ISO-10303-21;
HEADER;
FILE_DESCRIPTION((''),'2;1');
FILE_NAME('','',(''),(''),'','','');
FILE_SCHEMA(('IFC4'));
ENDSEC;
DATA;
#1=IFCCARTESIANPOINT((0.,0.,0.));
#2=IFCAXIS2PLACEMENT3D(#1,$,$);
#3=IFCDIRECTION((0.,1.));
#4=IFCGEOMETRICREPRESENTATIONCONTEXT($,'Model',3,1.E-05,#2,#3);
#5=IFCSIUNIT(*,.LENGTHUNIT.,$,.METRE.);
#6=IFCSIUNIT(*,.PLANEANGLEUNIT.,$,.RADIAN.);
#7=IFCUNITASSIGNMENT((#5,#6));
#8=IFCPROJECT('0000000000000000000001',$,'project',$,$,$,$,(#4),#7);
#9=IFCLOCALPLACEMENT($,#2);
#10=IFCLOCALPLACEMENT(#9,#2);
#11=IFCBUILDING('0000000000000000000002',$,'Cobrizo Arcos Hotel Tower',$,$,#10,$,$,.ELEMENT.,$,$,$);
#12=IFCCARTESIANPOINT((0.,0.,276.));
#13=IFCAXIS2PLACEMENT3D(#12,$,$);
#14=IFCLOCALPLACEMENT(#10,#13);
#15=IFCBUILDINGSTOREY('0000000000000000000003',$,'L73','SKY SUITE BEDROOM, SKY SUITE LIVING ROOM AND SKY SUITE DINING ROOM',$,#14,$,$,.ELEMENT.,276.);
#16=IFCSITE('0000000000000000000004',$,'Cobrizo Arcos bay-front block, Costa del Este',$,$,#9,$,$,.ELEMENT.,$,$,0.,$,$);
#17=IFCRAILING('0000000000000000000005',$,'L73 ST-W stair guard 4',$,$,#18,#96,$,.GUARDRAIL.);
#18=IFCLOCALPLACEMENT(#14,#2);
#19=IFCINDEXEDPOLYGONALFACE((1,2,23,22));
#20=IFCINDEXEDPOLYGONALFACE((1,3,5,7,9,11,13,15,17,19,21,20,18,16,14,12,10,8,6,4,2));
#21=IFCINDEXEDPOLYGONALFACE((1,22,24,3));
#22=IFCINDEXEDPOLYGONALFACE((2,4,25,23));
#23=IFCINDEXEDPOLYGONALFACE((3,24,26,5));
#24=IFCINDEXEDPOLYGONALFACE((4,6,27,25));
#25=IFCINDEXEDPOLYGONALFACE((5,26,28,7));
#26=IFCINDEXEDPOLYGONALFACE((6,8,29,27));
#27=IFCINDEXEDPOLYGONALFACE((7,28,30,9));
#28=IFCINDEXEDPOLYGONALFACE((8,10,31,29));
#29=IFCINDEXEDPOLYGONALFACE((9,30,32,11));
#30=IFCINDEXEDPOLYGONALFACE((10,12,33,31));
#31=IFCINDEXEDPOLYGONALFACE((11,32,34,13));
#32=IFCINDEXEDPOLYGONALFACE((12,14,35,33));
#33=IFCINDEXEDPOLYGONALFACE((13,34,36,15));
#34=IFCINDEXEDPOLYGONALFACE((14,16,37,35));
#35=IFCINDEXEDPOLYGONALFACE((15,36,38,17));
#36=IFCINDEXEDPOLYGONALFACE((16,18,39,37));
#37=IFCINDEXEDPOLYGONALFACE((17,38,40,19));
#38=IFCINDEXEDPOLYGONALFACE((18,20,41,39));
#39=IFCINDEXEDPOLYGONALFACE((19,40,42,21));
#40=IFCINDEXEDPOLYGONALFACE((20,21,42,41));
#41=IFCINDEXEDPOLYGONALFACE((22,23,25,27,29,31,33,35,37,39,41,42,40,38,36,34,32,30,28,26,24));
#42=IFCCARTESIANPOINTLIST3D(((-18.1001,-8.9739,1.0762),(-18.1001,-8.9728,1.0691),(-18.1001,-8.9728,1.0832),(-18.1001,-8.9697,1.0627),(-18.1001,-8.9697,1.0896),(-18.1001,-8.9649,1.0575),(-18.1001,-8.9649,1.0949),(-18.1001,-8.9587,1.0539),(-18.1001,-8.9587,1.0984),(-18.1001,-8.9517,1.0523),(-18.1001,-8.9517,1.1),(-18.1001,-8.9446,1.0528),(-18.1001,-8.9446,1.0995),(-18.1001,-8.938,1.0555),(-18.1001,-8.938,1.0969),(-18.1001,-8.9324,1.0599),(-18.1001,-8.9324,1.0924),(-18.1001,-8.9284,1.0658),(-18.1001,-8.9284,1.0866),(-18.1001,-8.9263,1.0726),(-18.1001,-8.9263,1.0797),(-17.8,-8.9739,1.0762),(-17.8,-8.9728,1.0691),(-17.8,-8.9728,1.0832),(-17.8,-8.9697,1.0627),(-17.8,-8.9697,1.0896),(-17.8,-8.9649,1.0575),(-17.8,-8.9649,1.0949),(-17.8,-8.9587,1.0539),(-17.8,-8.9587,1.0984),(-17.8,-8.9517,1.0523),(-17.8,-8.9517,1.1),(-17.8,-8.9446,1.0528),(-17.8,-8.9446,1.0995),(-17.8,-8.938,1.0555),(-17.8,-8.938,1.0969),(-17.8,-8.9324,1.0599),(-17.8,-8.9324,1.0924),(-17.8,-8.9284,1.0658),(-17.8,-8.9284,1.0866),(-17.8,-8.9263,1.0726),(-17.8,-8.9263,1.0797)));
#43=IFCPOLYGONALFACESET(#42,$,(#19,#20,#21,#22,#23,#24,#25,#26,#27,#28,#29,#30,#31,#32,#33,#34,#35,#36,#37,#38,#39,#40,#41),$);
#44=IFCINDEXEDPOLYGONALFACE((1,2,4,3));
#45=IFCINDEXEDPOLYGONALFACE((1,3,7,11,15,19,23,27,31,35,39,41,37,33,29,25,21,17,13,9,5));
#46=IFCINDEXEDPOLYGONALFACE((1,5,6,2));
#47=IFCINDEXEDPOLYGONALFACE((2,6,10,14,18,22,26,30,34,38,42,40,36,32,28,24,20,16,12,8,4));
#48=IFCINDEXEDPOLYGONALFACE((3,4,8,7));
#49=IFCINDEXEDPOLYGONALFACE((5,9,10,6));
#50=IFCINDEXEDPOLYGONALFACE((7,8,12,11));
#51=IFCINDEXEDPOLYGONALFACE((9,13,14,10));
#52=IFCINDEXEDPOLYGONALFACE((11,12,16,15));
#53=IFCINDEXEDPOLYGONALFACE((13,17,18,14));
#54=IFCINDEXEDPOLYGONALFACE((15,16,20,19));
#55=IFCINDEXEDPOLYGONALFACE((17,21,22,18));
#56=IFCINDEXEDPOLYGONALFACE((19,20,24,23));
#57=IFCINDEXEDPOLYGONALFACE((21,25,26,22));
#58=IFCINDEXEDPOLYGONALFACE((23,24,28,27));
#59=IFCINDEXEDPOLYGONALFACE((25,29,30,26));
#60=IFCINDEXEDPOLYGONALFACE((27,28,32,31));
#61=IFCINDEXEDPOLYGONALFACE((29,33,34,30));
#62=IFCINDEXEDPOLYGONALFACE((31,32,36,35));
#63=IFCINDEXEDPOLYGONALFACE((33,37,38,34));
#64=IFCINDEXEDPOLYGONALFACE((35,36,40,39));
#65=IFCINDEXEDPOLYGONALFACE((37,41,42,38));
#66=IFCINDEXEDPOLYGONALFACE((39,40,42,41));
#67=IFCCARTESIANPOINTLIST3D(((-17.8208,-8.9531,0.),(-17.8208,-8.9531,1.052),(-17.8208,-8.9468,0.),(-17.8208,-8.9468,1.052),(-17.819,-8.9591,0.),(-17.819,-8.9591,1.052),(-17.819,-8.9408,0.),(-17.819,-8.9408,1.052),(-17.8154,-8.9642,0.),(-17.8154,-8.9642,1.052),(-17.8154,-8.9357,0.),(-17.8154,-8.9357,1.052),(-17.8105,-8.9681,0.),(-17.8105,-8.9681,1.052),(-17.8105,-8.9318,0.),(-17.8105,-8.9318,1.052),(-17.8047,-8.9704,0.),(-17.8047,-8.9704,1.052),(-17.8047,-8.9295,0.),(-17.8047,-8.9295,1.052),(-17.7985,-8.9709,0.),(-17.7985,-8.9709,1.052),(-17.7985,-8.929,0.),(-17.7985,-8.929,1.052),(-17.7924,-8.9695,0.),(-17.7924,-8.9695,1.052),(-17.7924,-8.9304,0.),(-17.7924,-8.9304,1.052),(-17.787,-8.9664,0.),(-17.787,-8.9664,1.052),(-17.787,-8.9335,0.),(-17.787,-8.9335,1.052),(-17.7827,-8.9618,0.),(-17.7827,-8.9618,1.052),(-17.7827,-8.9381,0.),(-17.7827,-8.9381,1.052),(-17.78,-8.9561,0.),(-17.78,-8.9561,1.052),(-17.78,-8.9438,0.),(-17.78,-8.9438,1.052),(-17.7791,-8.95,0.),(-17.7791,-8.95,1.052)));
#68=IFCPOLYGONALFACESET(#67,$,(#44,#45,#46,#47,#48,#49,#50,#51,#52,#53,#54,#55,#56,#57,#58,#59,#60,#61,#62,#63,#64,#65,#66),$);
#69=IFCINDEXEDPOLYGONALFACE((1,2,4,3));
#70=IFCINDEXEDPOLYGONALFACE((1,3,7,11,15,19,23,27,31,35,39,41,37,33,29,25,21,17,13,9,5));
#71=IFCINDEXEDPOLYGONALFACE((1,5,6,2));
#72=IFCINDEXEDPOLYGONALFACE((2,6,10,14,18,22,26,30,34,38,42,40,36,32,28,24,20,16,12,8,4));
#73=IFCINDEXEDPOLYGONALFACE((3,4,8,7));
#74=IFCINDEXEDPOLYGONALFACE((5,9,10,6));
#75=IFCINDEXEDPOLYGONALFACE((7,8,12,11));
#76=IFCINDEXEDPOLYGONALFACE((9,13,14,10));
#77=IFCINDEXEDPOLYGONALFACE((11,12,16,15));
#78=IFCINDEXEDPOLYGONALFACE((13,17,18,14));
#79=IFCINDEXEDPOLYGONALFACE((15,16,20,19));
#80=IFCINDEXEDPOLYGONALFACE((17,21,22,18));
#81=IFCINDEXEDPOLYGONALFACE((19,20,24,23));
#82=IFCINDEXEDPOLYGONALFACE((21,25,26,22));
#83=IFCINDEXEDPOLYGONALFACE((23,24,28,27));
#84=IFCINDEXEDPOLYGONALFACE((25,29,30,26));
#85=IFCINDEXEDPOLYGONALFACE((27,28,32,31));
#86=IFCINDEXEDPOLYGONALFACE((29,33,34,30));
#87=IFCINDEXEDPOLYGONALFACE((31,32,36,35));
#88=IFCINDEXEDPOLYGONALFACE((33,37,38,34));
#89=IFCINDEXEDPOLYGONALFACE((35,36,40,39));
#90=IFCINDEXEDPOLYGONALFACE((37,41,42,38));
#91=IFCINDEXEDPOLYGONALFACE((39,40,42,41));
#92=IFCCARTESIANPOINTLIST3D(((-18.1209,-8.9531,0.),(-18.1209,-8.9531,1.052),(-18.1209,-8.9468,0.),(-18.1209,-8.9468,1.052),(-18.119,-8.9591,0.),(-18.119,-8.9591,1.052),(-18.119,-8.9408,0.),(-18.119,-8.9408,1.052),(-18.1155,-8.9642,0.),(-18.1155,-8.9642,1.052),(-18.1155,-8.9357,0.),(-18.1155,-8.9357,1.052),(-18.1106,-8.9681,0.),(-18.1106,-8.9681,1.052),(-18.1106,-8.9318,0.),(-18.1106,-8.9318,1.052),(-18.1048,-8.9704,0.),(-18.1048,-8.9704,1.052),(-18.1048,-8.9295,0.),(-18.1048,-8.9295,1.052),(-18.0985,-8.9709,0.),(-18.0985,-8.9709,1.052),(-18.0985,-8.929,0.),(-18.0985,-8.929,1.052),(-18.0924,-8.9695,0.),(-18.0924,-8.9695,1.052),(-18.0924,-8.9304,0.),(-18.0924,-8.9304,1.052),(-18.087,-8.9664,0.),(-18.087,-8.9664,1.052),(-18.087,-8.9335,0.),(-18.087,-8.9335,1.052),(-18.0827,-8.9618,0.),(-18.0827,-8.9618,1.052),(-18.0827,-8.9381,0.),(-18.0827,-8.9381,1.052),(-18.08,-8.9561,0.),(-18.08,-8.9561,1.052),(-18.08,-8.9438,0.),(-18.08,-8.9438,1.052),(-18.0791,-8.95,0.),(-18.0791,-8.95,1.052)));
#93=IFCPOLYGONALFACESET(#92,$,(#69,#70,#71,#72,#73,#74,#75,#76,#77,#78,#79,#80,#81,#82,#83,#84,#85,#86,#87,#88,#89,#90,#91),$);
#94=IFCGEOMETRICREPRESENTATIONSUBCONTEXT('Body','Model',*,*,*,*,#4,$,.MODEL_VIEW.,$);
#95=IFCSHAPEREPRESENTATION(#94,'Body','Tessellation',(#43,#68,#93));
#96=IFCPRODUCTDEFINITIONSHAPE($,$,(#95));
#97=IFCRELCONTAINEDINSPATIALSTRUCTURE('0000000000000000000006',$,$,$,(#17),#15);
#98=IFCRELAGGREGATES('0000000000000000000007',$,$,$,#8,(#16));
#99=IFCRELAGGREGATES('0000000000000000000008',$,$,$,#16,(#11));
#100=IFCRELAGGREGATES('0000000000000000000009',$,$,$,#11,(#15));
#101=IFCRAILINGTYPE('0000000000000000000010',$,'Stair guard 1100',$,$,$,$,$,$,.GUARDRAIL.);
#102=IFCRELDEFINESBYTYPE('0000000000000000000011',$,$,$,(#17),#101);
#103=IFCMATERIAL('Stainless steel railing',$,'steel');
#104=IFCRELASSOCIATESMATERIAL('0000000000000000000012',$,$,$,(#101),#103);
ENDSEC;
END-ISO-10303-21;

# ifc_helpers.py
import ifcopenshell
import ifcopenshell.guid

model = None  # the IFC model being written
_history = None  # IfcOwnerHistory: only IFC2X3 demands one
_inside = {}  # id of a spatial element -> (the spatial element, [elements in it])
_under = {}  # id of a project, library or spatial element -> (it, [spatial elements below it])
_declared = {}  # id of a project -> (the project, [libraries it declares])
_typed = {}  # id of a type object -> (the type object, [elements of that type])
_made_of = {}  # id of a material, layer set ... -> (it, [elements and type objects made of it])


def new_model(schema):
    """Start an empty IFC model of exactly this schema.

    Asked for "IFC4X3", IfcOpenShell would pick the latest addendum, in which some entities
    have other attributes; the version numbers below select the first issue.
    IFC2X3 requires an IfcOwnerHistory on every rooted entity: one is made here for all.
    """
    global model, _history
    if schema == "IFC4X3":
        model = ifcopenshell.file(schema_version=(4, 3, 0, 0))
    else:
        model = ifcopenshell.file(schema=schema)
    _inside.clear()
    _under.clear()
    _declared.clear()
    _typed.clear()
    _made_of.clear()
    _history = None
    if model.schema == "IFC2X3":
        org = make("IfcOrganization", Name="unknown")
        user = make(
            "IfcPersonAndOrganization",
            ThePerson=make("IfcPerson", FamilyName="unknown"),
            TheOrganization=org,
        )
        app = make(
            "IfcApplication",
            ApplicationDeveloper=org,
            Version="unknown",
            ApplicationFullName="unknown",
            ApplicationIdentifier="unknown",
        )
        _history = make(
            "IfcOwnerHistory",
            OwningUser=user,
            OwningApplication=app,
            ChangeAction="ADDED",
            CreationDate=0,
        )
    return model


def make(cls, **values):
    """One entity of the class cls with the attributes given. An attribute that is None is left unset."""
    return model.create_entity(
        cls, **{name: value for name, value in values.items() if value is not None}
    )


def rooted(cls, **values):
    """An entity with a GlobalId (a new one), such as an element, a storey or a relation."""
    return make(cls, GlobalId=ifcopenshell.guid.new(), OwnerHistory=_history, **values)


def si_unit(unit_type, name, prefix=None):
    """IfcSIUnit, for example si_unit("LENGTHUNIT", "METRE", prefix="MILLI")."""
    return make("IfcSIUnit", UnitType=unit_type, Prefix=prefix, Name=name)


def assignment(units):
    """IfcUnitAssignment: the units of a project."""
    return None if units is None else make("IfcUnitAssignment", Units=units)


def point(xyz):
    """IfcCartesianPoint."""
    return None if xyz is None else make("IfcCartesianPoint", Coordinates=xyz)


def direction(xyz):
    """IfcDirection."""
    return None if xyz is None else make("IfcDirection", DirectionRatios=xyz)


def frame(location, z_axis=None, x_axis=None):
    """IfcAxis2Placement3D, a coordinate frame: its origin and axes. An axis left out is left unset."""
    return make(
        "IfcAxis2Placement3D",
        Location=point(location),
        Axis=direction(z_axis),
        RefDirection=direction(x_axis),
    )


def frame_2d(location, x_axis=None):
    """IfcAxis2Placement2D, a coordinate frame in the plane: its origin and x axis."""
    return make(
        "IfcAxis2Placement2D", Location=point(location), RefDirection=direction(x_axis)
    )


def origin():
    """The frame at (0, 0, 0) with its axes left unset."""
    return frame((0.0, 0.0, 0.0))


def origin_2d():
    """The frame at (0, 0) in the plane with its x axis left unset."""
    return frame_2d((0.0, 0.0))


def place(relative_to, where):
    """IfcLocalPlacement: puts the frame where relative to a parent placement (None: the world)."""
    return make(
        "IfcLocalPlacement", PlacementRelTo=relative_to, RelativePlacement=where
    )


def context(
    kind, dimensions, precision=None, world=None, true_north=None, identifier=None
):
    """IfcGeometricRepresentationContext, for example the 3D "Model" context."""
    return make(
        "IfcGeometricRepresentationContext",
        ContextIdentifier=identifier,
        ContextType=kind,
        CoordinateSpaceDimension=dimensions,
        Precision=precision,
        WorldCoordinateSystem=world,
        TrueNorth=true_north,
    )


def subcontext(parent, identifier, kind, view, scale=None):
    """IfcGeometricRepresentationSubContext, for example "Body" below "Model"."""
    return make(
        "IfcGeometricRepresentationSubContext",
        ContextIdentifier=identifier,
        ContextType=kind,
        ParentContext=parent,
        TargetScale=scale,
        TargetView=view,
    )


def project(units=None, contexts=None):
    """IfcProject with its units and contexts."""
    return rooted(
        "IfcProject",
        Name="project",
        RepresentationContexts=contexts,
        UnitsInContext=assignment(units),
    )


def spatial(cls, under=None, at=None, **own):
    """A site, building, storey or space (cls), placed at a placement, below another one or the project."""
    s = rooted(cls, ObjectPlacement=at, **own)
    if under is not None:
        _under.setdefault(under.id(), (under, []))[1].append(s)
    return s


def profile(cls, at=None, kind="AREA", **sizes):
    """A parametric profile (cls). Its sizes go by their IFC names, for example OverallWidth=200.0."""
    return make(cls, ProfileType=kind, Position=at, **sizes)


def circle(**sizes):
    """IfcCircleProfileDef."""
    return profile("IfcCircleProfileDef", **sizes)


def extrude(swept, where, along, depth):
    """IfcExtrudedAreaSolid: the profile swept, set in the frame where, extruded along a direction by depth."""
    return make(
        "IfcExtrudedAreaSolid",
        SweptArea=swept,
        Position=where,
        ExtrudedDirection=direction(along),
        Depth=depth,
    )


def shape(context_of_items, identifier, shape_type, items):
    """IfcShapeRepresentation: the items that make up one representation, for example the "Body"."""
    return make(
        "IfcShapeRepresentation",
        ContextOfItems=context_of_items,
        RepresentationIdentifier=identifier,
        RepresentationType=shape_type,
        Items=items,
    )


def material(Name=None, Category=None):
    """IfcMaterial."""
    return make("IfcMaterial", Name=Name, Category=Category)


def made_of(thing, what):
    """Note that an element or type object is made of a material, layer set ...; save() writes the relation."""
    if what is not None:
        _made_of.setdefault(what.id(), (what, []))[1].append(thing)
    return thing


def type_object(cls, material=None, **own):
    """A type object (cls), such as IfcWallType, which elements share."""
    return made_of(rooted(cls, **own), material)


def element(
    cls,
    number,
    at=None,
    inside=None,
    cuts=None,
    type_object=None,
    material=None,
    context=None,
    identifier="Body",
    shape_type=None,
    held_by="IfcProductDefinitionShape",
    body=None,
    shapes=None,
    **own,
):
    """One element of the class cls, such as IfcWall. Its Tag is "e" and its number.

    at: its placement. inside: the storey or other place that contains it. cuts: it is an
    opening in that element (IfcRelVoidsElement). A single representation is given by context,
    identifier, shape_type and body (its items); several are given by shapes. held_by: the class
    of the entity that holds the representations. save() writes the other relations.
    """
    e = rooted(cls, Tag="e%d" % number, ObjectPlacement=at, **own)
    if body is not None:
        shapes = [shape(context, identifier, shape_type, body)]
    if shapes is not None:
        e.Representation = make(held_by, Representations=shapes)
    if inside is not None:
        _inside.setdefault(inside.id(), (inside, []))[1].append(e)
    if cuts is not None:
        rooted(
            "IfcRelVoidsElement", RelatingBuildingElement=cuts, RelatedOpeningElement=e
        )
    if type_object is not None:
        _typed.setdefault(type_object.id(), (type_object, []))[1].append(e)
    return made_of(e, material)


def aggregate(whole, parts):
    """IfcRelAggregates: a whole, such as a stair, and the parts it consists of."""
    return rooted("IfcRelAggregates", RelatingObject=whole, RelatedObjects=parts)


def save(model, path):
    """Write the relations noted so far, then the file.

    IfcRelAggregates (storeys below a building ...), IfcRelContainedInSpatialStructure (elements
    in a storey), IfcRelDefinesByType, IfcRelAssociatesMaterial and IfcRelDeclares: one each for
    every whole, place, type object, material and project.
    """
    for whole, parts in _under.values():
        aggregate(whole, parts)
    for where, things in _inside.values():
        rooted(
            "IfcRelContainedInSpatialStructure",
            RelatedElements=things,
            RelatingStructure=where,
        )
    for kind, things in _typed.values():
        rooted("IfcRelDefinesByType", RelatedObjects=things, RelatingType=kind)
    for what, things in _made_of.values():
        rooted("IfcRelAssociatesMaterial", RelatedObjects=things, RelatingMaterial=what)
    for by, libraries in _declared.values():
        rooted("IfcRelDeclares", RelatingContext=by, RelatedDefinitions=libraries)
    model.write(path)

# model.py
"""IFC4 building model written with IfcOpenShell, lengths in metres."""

from ifc_helpers import new_model, si_unit, direction, frame, origin, origin_2d, place, context, subcontext, project, spatial, circle, extrude, material, type_object, element, save


model = new_model("IFC4")

# Units and contexts
model_context = context("Model", 3, precision=1e-05, world=origin(), true_north=direction((0.0, 1.0)))
body_context = subcontext(model_context, "Body", "Model", "MODEL_VIEW")
ifc_project = project(units=[si_unit("LENGTHUNIT", "METRE"), si_unit("PLANEANGLEUNIT", "RADIAN")], contexts=[model_context])

# Site, building, storey
site_placement = place(None, origin())
site = spatial("IfcSite", under=ifc_project, at=site_placement, Name="Cobrizo Arcos bay-front block, Costa del Este", CompositionType="ELEMENT", RefElevation=0.0)
building_placement = place(site_placement, origin())
building = spatial("IfcBuilding", under=site, at=building_placement, Name="Cobrizo Arcos Hotel Tower", CompositionType="ELEMENT")
storey_placement = place(building_placement, frame((0.0, 0.0, 276.0)))
storey = spatial("IfcBuildingStorey", under=building, at=storey_placement, Name="L73", Description="SKY SUITE BEDROOM, SKY SUITE LIVING ROOM AND SKY SUITE DINING ROOM", CompositionType="ELEMENT", Elevation=276.0)

# Railing
ifc_material_1 = material(Name="Stainless steel railing", Category="steel")
railing_type_1 = type_object("IfcRailingType", Name="Stair guard 1100", PredefinedType="GUARDRAIL", material=ifc_material_1)
railing_1_placement = place(storey_placement, frame((-17.8, -8.95, 0.0)))
element("IfcRailing", 1, at=railing_1_placement, inside=storey, type_object=railing_type_1, Name="L73 ST-W stair guard 4", PredefinedType="GUARDRAIL", context=body_context, shape_type="SweptSolid", body=[
    extrude(circle(Radius=0.0239, at=origin_2d()), frame((0.0, 0.0, 1.0762), z_axis=(-1.0, 0.0, 0.0), x_axis=(0.0, -1.0, 0.0)), (0.0, 0.0, 1.0), 0.3),
    extrude(circle(Radius=0.021, at=origin_2d()), origin(), (0.0, 0.0, 1.0), 1.052),
    extrude(circle(Radius=0.021, at=origin_2d()), frame((-0.3, 0.0, 0.0)), (0.0, 0.0, 1.0), 1.052),
])

save(model, "model.ifc")
